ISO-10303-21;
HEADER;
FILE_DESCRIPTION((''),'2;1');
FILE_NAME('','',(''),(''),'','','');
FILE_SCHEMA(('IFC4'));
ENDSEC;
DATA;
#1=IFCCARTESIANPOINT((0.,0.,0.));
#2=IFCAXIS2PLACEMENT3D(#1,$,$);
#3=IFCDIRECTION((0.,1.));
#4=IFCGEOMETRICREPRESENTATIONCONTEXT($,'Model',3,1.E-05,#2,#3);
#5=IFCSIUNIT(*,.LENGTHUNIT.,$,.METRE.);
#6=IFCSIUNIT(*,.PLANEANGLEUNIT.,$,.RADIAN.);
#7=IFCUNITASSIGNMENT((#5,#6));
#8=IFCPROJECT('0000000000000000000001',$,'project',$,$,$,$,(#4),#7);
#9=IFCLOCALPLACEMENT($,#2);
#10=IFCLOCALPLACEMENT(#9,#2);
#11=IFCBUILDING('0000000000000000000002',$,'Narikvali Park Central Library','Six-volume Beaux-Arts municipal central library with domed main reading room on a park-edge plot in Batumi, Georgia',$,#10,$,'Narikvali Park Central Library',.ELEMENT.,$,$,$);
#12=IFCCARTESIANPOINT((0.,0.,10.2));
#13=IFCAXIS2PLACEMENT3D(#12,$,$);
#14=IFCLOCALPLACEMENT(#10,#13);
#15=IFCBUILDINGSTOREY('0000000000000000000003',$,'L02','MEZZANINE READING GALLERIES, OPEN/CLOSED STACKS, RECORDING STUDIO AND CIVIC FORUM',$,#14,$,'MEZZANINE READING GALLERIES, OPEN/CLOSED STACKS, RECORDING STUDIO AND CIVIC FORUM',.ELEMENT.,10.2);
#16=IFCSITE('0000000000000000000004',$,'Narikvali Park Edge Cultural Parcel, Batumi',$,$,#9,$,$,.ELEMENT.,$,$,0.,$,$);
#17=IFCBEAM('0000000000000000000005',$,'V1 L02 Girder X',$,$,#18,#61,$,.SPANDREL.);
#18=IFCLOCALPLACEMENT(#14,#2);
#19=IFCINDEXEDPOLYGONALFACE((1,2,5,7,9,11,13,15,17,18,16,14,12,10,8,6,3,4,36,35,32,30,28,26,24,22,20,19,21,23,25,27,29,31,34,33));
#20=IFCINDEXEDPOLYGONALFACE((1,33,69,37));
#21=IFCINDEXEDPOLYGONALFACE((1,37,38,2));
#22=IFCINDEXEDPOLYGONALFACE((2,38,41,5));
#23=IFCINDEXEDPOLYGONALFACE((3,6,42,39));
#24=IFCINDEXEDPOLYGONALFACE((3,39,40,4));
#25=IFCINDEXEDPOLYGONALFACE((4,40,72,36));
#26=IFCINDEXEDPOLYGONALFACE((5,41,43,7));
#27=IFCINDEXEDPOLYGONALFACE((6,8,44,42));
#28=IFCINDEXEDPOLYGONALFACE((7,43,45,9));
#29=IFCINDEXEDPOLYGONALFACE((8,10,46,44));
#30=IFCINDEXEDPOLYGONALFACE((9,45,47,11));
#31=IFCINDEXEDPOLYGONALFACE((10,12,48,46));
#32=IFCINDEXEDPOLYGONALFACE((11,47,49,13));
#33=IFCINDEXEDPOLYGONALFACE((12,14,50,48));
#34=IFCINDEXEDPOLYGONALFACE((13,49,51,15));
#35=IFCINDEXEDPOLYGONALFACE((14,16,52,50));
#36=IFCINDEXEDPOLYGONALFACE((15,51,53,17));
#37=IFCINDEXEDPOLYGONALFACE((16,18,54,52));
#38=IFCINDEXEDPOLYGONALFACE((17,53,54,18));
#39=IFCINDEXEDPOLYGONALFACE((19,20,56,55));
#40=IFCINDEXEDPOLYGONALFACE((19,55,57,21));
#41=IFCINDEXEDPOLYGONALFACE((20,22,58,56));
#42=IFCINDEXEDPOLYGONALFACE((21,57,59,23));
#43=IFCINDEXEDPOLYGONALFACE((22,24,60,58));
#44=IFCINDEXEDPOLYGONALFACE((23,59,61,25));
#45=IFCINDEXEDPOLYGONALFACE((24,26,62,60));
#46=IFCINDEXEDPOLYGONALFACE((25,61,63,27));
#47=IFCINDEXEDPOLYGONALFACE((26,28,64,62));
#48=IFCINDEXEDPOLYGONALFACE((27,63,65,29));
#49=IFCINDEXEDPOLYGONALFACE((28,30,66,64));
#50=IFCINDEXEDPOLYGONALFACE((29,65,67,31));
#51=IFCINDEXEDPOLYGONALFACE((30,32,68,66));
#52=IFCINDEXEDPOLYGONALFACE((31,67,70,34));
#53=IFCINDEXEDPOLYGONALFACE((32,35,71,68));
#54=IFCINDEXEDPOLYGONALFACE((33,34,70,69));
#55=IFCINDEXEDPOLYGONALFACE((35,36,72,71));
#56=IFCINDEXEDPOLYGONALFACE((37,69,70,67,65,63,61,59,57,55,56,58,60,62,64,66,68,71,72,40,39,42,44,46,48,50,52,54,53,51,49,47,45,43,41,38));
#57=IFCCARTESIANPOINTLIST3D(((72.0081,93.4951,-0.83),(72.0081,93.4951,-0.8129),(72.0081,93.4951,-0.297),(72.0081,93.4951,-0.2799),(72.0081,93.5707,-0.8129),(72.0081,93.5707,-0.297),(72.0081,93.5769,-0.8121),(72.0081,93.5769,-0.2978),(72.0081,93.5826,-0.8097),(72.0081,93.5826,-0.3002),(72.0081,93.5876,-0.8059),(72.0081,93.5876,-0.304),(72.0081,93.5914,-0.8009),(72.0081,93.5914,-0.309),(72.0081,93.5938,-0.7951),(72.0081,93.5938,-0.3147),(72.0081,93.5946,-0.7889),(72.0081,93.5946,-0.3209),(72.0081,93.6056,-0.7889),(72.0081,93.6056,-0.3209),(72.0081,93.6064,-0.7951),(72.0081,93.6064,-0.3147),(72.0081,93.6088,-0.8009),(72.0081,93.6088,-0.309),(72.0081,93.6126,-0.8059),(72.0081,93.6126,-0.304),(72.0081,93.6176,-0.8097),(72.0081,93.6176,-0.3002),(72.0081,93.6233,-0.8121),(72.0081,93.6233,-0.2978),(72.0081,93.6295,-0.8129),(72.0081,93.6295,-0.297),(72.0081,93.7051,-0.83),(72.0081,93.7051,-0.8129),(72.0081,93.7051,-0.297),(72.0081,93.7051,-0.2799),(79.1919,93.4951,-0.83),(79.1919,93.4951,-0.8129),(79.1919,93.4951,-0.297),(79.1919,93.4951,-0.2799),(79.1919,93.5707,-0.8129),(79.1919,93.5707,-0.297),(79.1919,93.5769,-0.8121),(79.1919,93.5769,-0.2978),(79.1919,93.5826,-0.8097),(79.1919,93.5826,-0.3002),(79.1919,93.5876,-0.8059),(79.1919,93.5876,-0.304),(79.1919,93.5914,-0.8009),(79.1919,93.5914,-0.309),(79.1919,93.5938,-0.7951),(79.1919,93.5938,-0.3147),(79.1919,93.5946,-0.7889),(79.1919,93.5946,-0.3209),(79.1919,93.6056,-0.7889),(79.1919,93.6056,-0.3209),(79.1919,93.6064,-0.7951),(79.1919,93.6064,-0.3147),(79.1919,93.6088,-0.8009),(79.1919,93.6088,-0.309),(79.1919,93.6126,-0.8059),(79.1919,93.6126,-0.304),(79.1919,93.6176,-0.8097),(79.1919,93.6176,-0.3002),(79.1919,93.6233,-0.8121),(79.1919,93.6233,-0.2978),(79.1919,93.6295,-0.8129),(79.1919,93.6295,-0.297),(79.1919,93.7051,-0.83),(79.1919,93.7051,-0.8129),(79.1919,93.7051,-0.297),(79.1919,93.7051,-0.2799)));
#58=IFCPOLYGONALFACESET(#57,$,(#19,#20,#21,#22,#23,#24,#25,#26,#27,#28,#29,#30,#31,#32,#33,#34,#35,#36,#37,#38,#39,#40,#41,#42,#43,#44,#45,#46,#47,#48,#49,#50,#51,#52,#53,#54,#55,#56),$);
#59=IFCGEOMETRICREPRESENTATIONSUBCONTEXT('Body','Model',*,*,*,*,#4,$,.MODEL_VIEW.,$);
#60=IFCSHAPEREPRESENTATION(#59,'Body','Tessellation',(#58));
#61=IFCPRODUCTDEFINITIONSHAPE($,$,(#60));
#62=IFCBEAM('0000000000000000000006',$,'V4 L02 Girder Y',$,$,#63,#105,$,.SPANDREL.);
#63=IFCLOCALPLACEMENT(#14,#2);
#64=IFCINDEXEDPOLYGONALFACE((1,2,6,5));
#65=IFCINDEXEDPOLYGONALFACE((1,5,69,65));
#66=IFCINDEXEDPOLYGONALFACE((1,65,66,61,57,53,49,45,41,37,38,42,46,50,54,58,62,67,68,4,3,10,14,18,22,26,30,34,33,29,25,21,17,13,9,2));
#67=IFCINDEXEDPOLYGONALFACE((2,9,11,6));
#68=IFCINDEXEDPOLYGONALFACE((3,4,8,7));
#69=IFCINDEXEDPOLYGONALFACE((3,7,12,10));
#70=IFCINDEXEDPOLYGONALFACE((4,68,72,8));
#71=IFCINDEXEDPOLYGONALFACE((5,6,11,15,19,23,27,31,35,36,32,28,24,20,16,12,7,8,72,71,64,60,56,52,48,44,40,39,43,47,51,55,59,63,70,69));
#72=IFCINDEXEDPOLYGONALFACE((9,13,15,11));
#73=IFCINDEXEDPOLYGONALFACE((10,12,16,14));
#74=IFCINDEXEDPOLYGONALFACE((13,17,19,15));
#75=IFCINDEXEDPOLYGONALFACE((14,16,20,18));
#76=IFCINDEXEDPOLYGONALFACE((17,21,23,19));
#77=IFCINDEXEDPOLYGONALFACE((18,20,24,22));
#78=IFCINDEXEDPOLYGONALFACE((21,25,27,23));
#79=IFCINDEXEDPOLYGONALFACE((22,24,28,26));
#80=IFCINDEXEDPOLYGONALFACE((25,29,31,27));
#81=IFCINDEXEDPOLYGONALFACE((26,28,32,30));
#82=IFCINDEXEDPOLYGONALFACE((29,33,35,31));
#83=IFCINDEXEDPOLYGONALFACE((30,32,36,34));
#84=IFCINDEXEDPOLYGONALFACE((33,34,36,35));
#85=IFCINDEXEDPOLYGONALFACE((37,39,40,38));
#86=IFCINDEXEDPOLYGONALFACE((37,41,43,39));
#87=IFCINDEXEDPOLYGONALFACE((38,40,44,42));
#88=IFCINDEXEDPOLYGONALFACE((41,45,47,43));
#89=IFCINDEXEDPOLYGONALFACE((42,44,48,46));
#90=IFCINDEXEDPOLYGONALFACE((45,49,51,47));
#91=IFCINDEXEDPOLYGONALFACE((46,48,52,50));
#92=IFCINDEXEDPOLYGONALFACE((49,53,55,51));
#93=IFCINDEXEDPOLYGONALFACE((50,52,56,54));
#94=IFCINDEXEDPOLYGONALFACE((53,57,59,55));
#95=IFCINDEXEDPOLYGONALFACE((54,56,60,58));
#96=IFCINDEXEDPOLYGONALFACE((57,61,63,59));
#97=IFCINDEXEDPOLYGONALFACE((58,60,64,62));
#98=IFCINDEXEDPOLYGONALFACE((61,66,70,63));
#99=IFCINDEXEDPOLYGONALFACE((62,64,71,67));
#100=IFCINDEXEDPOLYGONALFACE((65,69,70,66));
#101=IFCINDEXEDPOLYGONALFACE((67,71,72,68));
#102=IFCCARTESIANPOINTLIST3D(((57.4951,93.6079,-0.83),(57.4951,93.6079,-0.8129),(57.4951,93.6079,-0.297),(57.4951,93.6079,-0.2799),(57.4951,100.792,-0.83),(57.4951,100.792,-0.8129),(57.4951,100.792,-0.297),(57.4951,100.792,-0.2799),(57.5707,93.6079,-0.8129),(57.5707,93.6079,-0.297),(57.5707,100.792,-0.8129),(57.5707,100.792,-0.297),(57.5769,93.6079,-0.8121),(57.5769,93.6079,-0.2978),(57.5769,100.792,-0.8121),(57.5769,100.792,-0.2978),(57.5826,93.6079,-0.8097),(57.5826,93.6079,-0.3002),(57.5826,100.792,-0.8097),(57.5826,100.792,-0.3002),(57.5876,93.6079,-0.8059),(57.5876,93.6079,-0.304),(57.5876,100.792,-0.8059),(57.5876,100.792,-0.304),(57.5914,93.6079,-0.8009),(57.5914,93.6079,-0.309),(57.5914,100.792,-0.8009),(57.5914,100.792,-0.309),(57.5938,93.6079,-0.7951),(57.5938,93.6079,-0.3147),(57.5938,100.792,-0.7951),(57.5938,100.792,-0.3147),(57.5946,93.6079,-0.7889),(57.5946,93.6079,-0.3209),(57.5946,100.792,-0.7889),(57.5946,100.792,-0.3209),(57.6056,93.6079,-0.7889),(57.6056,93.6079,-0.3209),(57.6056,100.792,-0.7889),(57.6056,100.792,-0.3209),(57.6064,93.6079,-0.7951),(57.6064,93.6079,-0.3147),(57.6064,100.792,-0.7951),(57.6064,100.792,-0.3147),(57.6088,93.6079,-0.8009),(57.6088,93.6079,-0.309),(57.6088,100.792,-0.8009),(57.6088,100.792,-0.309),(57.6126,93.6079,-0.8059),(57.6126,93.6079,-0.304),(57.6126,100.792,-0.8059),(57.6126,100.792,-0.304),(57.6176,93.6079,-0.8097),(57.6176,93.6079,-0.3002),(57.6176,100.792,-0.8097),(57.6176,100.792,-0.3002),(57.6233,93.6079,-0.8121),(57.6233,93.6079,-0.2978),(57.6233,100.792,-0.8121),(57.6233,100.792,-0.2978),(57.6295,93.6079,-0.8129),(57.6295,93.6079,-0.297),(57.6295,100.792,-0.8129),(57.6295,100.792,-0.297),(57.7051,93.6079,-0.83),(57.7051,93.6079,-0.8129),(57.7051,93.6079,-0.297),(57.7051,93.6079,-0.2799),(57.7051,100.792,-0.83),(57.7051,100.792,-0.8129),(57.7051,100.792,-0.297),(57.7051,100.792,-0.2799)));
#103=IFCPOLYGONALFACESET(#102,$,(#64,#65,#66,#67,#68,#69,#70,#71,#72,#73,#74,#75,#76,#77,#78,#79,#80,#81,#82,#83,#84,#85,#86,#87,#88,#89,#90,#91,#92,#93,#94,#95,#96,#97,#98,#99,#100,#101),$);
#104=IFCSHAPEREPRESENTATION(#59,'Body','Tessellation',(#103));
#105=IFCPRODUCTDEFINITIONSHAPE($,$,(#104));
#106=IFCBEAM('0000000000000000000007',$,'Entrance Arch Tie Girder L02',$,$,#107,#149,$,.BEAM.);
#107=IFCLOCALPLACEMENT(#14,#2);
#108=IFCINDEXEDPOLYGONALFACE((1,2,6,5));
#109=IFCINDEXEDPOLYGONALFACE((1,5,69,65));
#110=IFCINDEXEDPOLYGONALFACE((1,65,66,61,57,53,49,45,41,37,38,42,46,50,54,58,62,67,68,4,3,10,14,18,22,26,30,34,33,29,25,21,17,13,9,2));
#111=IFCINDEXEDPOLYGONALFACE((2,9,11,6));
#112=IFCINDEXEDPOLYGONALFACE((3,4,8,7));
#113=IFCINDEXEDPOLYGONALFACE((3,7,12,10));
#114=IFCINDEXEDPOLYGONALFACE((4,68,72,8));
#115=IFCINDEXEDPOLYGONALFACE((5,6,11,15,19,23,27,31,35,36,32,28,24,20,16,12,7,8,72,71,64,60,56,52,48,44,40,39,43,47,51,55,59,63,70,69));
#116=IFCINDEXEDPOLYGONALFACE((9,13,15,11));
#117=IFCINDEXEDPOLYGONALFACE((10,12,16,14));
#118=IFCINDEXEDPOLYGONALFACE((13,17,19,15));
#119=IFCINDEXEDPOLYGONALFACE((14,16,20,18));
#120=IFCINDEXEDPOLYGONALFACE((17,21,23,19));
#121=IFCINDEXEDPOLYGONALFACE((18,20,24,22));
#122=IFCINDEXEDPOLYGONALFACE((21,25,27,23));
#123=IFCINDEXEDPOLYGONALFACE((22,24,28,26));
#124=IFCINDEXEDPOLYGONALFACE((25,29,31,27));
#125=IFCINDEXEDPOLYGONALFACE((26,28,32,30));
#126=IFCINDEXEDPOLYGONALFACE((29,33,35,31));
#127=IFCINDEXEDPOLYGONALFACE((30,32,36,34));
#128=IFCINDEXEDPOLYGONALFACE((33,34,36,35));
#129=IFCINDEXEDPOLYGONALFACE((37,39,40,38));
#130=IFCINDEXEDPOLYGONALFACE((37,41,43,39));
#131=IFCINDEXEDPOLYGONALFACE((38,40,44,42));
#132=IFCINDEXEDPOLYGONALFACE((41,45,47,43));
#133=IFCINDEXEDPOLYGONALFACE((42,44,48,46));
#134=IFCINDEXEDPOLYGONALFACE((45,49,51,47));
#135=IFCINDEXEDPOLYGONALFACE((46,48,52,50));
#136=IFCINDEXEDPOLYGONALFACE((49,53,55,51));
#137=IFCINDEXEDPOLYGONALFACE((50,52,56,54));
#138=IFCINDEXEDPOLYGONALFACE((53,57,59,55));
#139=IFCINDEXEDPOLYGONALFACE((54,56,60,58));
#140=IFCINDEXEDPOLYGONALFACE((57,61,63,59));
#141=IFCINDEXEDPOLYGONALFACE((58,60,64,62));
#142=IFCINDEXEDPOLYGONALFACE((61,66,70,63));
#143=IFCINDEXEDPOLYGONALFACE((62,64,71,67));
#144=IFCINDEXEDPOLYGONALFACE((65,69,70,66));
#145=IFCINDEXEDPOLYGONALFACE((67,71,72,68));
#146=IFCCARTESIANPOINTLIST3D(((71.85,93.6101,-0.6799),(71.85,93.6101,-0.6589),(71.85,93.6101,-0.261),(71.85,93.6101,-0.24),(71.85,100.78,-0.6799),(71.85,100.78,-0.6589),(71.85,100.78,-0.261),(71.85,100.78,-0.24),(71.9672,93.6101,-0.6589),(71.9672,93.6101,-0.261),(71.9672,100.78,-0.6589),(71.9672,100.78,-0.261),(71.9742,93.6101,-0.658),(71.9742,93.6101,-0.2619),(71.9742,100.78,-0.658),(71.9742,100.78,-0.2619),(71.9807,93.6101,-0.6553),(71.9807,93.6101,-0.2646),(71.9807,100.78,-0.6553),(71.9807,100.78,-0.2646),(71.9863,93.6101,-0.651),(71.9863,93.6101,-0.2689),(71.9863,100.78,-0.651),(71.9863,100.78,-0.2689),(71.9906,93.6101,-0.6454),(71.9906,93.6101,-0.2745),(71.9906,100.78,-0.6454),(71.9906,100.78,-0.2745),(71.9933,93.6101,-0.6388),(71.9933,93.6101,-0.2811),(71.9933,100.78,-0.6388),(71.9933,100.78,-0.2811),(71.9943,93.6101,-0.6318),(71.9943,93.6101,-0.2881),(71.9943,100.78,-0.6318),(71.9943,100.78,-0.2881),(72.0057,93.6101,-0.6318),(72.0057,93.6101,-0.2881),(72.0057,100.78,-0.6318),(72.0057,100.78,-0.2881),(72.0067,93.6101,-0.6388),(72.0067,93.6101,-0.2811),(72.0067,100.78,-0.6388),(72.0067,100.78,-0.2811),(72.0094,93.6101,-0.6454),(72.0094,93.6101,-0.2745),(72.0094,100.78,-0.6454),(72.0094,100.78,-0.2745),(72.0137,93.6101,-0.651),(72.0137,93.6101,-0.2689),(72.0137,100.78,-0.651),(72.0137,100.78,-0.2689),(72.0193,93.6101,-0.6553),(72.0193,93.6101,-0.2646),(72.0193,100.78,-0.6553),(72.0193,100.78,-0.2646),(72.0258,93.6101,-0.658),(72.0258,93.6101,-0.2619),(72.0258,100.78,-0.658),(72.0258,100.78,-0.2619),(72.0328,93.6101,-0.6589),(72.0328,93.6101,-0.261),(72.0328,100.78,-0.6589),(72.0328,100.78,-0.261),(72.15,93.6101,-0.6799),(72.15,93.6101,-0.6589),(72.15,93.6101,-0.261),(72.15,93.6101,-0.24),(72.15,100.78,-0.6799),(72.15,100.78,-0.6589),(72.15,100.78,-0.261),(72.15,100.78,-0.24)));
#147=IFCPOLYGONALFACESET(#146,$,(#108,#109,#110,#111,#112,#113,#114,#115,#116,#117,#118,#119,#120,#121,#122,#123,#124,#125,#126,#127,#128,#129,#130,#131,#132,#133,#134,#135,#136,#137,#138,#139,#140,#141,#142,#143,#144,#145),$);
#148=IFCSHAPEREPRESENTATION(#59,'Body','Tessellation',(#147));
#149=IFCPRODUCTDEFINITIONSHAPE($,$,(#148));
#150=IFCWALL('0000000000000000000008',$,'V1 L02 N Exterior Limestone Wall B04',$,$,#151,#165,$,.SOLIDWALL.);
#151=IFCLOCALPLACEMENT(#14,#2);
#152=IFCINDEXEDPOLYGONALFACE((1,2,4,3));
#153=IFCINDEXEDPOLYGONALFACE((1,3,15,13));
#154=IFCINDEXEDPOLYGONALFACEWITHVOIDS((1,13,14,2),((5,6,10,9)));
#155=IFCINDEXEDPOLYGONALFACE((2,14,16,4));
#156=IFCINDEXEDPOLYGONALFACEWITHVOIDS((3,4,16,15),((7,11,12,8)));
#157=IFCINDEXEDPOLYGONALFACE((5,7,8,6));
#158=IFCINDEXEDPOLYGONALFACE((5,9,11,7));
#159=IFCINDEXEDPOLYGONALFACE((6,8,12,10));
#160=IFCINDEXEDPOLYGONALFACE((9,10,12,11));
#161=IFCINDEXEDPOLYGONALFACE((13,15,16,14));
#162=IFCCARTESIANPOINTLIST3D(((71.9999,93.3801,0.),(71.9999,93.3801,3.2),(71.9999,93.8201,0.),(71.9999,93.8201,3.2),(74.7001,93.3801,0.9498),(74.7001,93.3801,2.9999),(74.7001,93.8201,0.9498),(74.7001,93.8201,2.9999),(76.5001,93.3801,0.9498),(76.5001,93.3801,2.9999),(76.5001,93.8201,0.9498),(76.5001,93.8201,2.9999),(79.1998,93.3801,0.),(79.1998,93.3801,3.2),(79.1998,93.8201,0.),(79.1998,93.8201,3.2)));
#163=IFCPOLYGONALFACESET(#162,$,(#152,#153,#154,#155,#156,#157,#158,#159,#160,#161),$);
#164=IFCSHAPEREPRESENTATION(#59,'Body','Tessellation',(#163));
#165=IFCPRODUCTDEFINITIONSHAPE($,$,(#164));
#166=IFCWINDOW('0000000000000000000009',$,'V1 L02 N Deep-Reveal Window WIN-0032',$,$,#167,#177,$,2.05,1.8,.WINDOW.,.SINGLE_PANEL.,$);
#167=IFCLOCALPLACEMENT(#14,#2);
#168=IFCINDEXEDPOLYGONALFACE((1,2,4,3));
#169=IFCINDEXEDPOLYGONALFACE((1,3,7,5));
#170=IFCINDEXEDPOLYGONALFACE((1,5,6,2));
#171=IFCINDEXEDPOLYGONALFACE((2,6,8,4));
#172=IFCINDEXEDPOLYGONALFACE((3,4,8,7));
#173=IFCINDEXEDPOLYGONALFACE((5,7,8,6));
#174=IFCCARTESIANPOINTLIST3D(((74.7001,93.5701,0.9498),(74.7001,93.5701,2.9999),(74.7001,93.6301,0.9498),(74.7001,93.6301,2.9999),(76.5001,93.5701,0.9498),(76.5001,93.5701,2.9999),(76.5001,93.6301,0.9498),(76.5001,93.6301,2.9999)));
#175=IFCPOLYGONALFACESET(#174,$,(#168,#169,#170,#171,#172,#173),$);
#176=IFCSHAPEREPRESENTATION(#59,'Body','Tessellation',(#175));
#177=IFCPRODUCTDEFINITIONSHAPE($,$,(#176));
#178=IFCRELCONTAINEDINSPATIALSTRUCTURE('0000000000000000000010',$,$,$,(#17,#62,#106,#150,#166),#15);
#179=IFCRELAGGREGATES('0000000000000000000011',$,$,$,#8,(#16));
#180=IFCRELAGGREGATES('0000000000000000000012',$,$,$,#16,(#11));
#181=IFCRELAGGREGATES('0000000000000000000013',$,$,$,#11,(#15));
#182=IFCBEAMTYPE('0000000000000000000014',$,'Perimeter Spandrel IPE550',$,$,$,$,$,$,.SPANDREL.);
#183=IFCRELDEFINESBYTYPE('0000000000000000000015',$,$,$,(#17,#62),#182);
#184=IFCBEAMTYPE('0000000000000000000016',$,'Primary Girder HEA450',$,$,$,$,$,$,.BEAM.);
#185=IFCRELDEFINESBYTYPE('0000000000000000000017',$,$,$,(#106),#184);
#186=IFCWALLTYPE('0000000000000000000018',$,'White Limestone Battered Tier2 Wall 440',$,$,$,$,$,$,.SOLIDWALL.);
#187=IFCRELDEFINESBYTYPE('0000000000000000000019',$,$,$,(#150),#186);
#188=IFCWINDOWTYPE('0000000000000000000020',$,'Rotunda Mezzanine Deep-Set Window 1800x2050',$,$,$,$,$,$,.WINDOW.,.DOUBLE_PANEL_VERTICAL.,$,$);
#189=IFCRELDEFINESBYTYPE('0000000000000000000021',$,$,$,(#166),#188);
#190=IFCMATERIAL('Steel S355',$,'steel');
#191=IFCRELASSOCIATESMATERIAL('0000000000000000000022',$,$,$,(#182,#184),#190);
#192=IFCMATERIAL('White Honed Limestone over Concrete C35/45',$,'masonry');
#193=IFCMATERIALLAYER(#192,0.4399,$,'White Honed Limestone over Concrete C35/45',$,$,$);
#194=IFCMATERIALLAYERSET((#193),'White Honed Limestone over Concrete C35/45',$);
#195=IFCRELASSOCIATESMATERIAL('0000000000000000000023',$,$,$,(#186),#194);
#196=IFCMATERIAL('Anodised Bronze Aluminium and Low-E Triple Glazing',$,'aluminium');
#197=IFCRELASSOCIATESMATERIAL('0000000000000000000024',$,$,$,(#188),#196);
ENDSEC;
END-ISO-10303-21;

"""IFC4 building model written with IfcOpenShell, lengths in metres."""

from ifc_helpers import new_model, si_unit, direction, frame, frame_2d, origin, origin_2d, place, context, subcontext, project, spatial, rectangle, i_section, extrude, material, layer, layer_set, material_profile, profile_set, type_object, element, fill, save


model = new_model("IFC4")

# Units and contexts
model_context = context("Model", 3, precision=1e-05, world=origin(), true_north=direction((0.0, 1.0)))
body_context = subcontext(model_context, "Body", "Model", "MODEL_VIEW")
ifc_project = project(units=[si_unit("LENGTHUNIT", "METRE"), si_unit("PLANEANGLEUNIT", "RADIAN")], contexts=[model_context])

# Site, building, storey
site_placement = place(None, origin())
site = spatial("IfcSite", under=ifc_project, at=site_placement, Name="Narikvali Park Edge Cultural Parcel, Batumi", CompositionType="ELEMENT", RefElevation=0.0)
building_placement = place(site_placement, origin())
building = spatial("IfcBuilding", under=site, at=building_placement, Name="Narikvali Park Central Library", Description="Six-volume Beaux-Arts municipal central library with domed main reading room on a park-edge plot in Batumi, Georgia", LongName="Narikvali Park Central Library", CompositionType="ELEMENT")
storey_placement = place(building_placement, frame((0.0, 0.0, 10.2)))
storey = spatial("IfcBuildingStorey", under=building, at=storey_placement, Name="L02", Description="MEZZANINE READING GALLERIES, OPEN/CLOSED STACKS, RECORDING STUDIO AND CIVIC FORUM", LongName="MEZZANINE READING GALLERIES, OPEN/CLOSED STACKS, RECORDING STUDIO AND CIVIC FORUM", CompositionType="ELEMENT", Elevation=10.2)

# Shared definitions
ifc_material_1 = material(Name="Steel S355", Category="steel")

# Beams
ifc_material_profile_1 = material_profile(ifc_material_1, i_section(OverallWidth=0.21, OverallDepth=0.55, WebThickness=0.011, FlangeThickness=0.0171, FilletRadius=0.0239, at=origin_2d()), Name="IPE 550")
ifc_profile_set_1 = profile_set([ifc_material_profile_1], Name="Steel S355")
beam_type_1 = type_object("IfcBeamType", Name="Perimeter Spandrel IPE550", PredefinedType="SPANDREL", material=ifc_profile_set_1)
for number, where, z_axis, x_axis, name in (
    (1, (72.0081, 93.6001, -0.5549), (1.0, 0.0, 0.0), (0.0, 1.0, 0.0), "V1 L02 Girder X"),
):
    element("IfcBeam", number, at=place(storey_placement, frame(where, z_axis=z_axis, x_axis=x_axis)), inside=storey, type_object=beam_type_1, Name=name, PredefinedType="SPANDREL", context=body_context, shape_type="SweptSolid", body=[
        extrude(i_section(OverallWidth=0.21, OverallDepth=0.55, WebThickness=0.011, FlangeThickness=0.0171, FilletRadius=0.0239, at=origin_2d()), origin(), (0.0, 0.0, 1.0), 7.1838),
    ])
beam_1_placement = place(storey_placement, frame((57.6001, 93.6079, -0.5549), z_axis=(0.0, 1.0, 0.0), x_axis=(-1.0, 0.0, 0.0)))
element("IfcBeam", 2, at=beam_1_placement, inside=storey, type_object=beam_type_1, Name="V4 L02 Girder Y", PredefinedType="SPANDREL", context=body_context, shape_type="SweptSolid", body=[
    extrude(i_section(OverallWidth=0.21, OverallDepth=0.55, WebThickness=0.011, FlangeThickness=0.0171, FilletRadius=0.0239, at=origin_2d()), origin(), (0.0, 0.0, 1.0), 7.1841),
])
ifc_material_profile_2 = material_profile(ifc_material_1, i_section(OverallWidth=0.3, OverallDepth=0.4399, WebThickness=0.0115, FlangeThickness=0.021, FilletRadius=0.0271, at=origin_2d()), Name="HEA 450")
ifc_profile_set_2 = profile_set([ifc_material_profile_2], Name="Steel S355")
beam_type_2 = type_object("IfcBeamType", Name="Primary Girder HEA450", PredefinedType="BEAM", material=ifc_profile_set_2)
beam_2_placement = place(storey_placement, frame((72.0, 93.6101, -0.46), z_axis=(0.0, 1.0, 0.0), x_axis=(-1.0, 0.0, 0.0)))
element("IfcBeam", 3, at=beam_2_placement, inside=storey, type_object=beam_type_2, Name="Entrance Arch Tie Girder L02", PredefinedType="BEAM", context=body_context, shape_type="SweptSolid", body=[
    extrude(i_section(OverallWidth=0.3, OverallDepth=0.4399, WebThickness=0.0115, FlangeThickness=0.021, FilletRadius=0.0271, at=origin_2d()), origin(), (0.0, 0.0, 1.0), 7.1699),
])

# Wall, opening, window
ifc_material_2 = material(Name="White Honed Limestone over Concrete C35/45", Category="masonry")
ifc_layer_1 = layer(ifc_material_2, 0.4399, Name="White Honed Limestone over Concrete C35/45")
ifc_layer_set_1 = layer_set([ifc_layer_1], Name="White Honed Limestone over Concrete C35/45")
wall_type = type_object("IfcWallType", Name="White Limestone Battered Tier2 Wall 440", PredefinedType="SOLIDWALL", material=ifc_layer_set_1)
wall_1_placement = place(storey_placement, frame((79.2, 93.6001, 0.0), z_axis=(0.0, 0.0, 1.0), x_axis=(-1.0, 0.0, 0.0)))
wall_1 = element("IfcWall", 4, at=wall_1_placement, inside=storey, type_object=wall_type, Name="V1 L02 N Exterior Limestone Wall B04", PredefinedType="SOLIDWALL", context=body_context, shape_type="SweptSolid", body=[
    extrude(rectangle(XDim=7.2, YDim=0.4399, at=frame_2d((3.6001, 0.0))), origin(), (0.0, 0.0, 1.0), 3.2),
])
opening_1_placement = place(wall_1_placement, frame((2.7, 0.0, 0.95)))
opening_1 = element("IfcOpeningElement", 5, at=opening_1_placement, cuts=wall_1, PredefinedType="OPENING", context=body_context, shape_type="SweptSolid", body=[
    extrude(rectangle(XDim=1.8, YDim=2.05, at=frame_2d((0.8999, 1.0249))), frame((0.0, 0.2319, 0.0), z_axis=(0.0, -1.0, 0.0), x_axis=(1.0, 0.0, 0.0)), (0.0, 0.0, 1.0), 0.4639),
])
ifc_material_3 = material(Name="Anodised Bronze Aluminium and Low-E Triple Glazing", Category="aluminium")
window_type = type_object("IfcWindowType", Name="Rotunda Mezzanine Deep-Set Window 1800x2050", PartitioningType="DOUBLE_PANEL_VERTICAL", PredefinedType="WINDOW", material=ifc_material_3)
window_1_placement = place(opening_1_placement, origin())
window_1 = element("IfcWindow", 6, at=window_1_placement, inside=storey, type_object=window_type, Name="V1 L02 N Deep-Reveal Window WIN-0032", OverallHeight=2.05, OverallWidth=1.8, PartitioningType="SINGLE_PANEL", PredefinedType="WINDOW", context=body_context, shape_type="SweptSolid", body=[
    extrude(rectangle(XDim=1.8, YDim=2.05, at=frame_2d((0.8999, 1.0249))), frame((0.0, 0.03, 0.0), z_axis=(0.0, -1.0, 0.0), x_axis=(1.0, 0.0, 0.0)), (0.0, 0.0, 1.0), 0.0601),
])
fill(opening_1, window_1)

save(model, "model.ifc")
